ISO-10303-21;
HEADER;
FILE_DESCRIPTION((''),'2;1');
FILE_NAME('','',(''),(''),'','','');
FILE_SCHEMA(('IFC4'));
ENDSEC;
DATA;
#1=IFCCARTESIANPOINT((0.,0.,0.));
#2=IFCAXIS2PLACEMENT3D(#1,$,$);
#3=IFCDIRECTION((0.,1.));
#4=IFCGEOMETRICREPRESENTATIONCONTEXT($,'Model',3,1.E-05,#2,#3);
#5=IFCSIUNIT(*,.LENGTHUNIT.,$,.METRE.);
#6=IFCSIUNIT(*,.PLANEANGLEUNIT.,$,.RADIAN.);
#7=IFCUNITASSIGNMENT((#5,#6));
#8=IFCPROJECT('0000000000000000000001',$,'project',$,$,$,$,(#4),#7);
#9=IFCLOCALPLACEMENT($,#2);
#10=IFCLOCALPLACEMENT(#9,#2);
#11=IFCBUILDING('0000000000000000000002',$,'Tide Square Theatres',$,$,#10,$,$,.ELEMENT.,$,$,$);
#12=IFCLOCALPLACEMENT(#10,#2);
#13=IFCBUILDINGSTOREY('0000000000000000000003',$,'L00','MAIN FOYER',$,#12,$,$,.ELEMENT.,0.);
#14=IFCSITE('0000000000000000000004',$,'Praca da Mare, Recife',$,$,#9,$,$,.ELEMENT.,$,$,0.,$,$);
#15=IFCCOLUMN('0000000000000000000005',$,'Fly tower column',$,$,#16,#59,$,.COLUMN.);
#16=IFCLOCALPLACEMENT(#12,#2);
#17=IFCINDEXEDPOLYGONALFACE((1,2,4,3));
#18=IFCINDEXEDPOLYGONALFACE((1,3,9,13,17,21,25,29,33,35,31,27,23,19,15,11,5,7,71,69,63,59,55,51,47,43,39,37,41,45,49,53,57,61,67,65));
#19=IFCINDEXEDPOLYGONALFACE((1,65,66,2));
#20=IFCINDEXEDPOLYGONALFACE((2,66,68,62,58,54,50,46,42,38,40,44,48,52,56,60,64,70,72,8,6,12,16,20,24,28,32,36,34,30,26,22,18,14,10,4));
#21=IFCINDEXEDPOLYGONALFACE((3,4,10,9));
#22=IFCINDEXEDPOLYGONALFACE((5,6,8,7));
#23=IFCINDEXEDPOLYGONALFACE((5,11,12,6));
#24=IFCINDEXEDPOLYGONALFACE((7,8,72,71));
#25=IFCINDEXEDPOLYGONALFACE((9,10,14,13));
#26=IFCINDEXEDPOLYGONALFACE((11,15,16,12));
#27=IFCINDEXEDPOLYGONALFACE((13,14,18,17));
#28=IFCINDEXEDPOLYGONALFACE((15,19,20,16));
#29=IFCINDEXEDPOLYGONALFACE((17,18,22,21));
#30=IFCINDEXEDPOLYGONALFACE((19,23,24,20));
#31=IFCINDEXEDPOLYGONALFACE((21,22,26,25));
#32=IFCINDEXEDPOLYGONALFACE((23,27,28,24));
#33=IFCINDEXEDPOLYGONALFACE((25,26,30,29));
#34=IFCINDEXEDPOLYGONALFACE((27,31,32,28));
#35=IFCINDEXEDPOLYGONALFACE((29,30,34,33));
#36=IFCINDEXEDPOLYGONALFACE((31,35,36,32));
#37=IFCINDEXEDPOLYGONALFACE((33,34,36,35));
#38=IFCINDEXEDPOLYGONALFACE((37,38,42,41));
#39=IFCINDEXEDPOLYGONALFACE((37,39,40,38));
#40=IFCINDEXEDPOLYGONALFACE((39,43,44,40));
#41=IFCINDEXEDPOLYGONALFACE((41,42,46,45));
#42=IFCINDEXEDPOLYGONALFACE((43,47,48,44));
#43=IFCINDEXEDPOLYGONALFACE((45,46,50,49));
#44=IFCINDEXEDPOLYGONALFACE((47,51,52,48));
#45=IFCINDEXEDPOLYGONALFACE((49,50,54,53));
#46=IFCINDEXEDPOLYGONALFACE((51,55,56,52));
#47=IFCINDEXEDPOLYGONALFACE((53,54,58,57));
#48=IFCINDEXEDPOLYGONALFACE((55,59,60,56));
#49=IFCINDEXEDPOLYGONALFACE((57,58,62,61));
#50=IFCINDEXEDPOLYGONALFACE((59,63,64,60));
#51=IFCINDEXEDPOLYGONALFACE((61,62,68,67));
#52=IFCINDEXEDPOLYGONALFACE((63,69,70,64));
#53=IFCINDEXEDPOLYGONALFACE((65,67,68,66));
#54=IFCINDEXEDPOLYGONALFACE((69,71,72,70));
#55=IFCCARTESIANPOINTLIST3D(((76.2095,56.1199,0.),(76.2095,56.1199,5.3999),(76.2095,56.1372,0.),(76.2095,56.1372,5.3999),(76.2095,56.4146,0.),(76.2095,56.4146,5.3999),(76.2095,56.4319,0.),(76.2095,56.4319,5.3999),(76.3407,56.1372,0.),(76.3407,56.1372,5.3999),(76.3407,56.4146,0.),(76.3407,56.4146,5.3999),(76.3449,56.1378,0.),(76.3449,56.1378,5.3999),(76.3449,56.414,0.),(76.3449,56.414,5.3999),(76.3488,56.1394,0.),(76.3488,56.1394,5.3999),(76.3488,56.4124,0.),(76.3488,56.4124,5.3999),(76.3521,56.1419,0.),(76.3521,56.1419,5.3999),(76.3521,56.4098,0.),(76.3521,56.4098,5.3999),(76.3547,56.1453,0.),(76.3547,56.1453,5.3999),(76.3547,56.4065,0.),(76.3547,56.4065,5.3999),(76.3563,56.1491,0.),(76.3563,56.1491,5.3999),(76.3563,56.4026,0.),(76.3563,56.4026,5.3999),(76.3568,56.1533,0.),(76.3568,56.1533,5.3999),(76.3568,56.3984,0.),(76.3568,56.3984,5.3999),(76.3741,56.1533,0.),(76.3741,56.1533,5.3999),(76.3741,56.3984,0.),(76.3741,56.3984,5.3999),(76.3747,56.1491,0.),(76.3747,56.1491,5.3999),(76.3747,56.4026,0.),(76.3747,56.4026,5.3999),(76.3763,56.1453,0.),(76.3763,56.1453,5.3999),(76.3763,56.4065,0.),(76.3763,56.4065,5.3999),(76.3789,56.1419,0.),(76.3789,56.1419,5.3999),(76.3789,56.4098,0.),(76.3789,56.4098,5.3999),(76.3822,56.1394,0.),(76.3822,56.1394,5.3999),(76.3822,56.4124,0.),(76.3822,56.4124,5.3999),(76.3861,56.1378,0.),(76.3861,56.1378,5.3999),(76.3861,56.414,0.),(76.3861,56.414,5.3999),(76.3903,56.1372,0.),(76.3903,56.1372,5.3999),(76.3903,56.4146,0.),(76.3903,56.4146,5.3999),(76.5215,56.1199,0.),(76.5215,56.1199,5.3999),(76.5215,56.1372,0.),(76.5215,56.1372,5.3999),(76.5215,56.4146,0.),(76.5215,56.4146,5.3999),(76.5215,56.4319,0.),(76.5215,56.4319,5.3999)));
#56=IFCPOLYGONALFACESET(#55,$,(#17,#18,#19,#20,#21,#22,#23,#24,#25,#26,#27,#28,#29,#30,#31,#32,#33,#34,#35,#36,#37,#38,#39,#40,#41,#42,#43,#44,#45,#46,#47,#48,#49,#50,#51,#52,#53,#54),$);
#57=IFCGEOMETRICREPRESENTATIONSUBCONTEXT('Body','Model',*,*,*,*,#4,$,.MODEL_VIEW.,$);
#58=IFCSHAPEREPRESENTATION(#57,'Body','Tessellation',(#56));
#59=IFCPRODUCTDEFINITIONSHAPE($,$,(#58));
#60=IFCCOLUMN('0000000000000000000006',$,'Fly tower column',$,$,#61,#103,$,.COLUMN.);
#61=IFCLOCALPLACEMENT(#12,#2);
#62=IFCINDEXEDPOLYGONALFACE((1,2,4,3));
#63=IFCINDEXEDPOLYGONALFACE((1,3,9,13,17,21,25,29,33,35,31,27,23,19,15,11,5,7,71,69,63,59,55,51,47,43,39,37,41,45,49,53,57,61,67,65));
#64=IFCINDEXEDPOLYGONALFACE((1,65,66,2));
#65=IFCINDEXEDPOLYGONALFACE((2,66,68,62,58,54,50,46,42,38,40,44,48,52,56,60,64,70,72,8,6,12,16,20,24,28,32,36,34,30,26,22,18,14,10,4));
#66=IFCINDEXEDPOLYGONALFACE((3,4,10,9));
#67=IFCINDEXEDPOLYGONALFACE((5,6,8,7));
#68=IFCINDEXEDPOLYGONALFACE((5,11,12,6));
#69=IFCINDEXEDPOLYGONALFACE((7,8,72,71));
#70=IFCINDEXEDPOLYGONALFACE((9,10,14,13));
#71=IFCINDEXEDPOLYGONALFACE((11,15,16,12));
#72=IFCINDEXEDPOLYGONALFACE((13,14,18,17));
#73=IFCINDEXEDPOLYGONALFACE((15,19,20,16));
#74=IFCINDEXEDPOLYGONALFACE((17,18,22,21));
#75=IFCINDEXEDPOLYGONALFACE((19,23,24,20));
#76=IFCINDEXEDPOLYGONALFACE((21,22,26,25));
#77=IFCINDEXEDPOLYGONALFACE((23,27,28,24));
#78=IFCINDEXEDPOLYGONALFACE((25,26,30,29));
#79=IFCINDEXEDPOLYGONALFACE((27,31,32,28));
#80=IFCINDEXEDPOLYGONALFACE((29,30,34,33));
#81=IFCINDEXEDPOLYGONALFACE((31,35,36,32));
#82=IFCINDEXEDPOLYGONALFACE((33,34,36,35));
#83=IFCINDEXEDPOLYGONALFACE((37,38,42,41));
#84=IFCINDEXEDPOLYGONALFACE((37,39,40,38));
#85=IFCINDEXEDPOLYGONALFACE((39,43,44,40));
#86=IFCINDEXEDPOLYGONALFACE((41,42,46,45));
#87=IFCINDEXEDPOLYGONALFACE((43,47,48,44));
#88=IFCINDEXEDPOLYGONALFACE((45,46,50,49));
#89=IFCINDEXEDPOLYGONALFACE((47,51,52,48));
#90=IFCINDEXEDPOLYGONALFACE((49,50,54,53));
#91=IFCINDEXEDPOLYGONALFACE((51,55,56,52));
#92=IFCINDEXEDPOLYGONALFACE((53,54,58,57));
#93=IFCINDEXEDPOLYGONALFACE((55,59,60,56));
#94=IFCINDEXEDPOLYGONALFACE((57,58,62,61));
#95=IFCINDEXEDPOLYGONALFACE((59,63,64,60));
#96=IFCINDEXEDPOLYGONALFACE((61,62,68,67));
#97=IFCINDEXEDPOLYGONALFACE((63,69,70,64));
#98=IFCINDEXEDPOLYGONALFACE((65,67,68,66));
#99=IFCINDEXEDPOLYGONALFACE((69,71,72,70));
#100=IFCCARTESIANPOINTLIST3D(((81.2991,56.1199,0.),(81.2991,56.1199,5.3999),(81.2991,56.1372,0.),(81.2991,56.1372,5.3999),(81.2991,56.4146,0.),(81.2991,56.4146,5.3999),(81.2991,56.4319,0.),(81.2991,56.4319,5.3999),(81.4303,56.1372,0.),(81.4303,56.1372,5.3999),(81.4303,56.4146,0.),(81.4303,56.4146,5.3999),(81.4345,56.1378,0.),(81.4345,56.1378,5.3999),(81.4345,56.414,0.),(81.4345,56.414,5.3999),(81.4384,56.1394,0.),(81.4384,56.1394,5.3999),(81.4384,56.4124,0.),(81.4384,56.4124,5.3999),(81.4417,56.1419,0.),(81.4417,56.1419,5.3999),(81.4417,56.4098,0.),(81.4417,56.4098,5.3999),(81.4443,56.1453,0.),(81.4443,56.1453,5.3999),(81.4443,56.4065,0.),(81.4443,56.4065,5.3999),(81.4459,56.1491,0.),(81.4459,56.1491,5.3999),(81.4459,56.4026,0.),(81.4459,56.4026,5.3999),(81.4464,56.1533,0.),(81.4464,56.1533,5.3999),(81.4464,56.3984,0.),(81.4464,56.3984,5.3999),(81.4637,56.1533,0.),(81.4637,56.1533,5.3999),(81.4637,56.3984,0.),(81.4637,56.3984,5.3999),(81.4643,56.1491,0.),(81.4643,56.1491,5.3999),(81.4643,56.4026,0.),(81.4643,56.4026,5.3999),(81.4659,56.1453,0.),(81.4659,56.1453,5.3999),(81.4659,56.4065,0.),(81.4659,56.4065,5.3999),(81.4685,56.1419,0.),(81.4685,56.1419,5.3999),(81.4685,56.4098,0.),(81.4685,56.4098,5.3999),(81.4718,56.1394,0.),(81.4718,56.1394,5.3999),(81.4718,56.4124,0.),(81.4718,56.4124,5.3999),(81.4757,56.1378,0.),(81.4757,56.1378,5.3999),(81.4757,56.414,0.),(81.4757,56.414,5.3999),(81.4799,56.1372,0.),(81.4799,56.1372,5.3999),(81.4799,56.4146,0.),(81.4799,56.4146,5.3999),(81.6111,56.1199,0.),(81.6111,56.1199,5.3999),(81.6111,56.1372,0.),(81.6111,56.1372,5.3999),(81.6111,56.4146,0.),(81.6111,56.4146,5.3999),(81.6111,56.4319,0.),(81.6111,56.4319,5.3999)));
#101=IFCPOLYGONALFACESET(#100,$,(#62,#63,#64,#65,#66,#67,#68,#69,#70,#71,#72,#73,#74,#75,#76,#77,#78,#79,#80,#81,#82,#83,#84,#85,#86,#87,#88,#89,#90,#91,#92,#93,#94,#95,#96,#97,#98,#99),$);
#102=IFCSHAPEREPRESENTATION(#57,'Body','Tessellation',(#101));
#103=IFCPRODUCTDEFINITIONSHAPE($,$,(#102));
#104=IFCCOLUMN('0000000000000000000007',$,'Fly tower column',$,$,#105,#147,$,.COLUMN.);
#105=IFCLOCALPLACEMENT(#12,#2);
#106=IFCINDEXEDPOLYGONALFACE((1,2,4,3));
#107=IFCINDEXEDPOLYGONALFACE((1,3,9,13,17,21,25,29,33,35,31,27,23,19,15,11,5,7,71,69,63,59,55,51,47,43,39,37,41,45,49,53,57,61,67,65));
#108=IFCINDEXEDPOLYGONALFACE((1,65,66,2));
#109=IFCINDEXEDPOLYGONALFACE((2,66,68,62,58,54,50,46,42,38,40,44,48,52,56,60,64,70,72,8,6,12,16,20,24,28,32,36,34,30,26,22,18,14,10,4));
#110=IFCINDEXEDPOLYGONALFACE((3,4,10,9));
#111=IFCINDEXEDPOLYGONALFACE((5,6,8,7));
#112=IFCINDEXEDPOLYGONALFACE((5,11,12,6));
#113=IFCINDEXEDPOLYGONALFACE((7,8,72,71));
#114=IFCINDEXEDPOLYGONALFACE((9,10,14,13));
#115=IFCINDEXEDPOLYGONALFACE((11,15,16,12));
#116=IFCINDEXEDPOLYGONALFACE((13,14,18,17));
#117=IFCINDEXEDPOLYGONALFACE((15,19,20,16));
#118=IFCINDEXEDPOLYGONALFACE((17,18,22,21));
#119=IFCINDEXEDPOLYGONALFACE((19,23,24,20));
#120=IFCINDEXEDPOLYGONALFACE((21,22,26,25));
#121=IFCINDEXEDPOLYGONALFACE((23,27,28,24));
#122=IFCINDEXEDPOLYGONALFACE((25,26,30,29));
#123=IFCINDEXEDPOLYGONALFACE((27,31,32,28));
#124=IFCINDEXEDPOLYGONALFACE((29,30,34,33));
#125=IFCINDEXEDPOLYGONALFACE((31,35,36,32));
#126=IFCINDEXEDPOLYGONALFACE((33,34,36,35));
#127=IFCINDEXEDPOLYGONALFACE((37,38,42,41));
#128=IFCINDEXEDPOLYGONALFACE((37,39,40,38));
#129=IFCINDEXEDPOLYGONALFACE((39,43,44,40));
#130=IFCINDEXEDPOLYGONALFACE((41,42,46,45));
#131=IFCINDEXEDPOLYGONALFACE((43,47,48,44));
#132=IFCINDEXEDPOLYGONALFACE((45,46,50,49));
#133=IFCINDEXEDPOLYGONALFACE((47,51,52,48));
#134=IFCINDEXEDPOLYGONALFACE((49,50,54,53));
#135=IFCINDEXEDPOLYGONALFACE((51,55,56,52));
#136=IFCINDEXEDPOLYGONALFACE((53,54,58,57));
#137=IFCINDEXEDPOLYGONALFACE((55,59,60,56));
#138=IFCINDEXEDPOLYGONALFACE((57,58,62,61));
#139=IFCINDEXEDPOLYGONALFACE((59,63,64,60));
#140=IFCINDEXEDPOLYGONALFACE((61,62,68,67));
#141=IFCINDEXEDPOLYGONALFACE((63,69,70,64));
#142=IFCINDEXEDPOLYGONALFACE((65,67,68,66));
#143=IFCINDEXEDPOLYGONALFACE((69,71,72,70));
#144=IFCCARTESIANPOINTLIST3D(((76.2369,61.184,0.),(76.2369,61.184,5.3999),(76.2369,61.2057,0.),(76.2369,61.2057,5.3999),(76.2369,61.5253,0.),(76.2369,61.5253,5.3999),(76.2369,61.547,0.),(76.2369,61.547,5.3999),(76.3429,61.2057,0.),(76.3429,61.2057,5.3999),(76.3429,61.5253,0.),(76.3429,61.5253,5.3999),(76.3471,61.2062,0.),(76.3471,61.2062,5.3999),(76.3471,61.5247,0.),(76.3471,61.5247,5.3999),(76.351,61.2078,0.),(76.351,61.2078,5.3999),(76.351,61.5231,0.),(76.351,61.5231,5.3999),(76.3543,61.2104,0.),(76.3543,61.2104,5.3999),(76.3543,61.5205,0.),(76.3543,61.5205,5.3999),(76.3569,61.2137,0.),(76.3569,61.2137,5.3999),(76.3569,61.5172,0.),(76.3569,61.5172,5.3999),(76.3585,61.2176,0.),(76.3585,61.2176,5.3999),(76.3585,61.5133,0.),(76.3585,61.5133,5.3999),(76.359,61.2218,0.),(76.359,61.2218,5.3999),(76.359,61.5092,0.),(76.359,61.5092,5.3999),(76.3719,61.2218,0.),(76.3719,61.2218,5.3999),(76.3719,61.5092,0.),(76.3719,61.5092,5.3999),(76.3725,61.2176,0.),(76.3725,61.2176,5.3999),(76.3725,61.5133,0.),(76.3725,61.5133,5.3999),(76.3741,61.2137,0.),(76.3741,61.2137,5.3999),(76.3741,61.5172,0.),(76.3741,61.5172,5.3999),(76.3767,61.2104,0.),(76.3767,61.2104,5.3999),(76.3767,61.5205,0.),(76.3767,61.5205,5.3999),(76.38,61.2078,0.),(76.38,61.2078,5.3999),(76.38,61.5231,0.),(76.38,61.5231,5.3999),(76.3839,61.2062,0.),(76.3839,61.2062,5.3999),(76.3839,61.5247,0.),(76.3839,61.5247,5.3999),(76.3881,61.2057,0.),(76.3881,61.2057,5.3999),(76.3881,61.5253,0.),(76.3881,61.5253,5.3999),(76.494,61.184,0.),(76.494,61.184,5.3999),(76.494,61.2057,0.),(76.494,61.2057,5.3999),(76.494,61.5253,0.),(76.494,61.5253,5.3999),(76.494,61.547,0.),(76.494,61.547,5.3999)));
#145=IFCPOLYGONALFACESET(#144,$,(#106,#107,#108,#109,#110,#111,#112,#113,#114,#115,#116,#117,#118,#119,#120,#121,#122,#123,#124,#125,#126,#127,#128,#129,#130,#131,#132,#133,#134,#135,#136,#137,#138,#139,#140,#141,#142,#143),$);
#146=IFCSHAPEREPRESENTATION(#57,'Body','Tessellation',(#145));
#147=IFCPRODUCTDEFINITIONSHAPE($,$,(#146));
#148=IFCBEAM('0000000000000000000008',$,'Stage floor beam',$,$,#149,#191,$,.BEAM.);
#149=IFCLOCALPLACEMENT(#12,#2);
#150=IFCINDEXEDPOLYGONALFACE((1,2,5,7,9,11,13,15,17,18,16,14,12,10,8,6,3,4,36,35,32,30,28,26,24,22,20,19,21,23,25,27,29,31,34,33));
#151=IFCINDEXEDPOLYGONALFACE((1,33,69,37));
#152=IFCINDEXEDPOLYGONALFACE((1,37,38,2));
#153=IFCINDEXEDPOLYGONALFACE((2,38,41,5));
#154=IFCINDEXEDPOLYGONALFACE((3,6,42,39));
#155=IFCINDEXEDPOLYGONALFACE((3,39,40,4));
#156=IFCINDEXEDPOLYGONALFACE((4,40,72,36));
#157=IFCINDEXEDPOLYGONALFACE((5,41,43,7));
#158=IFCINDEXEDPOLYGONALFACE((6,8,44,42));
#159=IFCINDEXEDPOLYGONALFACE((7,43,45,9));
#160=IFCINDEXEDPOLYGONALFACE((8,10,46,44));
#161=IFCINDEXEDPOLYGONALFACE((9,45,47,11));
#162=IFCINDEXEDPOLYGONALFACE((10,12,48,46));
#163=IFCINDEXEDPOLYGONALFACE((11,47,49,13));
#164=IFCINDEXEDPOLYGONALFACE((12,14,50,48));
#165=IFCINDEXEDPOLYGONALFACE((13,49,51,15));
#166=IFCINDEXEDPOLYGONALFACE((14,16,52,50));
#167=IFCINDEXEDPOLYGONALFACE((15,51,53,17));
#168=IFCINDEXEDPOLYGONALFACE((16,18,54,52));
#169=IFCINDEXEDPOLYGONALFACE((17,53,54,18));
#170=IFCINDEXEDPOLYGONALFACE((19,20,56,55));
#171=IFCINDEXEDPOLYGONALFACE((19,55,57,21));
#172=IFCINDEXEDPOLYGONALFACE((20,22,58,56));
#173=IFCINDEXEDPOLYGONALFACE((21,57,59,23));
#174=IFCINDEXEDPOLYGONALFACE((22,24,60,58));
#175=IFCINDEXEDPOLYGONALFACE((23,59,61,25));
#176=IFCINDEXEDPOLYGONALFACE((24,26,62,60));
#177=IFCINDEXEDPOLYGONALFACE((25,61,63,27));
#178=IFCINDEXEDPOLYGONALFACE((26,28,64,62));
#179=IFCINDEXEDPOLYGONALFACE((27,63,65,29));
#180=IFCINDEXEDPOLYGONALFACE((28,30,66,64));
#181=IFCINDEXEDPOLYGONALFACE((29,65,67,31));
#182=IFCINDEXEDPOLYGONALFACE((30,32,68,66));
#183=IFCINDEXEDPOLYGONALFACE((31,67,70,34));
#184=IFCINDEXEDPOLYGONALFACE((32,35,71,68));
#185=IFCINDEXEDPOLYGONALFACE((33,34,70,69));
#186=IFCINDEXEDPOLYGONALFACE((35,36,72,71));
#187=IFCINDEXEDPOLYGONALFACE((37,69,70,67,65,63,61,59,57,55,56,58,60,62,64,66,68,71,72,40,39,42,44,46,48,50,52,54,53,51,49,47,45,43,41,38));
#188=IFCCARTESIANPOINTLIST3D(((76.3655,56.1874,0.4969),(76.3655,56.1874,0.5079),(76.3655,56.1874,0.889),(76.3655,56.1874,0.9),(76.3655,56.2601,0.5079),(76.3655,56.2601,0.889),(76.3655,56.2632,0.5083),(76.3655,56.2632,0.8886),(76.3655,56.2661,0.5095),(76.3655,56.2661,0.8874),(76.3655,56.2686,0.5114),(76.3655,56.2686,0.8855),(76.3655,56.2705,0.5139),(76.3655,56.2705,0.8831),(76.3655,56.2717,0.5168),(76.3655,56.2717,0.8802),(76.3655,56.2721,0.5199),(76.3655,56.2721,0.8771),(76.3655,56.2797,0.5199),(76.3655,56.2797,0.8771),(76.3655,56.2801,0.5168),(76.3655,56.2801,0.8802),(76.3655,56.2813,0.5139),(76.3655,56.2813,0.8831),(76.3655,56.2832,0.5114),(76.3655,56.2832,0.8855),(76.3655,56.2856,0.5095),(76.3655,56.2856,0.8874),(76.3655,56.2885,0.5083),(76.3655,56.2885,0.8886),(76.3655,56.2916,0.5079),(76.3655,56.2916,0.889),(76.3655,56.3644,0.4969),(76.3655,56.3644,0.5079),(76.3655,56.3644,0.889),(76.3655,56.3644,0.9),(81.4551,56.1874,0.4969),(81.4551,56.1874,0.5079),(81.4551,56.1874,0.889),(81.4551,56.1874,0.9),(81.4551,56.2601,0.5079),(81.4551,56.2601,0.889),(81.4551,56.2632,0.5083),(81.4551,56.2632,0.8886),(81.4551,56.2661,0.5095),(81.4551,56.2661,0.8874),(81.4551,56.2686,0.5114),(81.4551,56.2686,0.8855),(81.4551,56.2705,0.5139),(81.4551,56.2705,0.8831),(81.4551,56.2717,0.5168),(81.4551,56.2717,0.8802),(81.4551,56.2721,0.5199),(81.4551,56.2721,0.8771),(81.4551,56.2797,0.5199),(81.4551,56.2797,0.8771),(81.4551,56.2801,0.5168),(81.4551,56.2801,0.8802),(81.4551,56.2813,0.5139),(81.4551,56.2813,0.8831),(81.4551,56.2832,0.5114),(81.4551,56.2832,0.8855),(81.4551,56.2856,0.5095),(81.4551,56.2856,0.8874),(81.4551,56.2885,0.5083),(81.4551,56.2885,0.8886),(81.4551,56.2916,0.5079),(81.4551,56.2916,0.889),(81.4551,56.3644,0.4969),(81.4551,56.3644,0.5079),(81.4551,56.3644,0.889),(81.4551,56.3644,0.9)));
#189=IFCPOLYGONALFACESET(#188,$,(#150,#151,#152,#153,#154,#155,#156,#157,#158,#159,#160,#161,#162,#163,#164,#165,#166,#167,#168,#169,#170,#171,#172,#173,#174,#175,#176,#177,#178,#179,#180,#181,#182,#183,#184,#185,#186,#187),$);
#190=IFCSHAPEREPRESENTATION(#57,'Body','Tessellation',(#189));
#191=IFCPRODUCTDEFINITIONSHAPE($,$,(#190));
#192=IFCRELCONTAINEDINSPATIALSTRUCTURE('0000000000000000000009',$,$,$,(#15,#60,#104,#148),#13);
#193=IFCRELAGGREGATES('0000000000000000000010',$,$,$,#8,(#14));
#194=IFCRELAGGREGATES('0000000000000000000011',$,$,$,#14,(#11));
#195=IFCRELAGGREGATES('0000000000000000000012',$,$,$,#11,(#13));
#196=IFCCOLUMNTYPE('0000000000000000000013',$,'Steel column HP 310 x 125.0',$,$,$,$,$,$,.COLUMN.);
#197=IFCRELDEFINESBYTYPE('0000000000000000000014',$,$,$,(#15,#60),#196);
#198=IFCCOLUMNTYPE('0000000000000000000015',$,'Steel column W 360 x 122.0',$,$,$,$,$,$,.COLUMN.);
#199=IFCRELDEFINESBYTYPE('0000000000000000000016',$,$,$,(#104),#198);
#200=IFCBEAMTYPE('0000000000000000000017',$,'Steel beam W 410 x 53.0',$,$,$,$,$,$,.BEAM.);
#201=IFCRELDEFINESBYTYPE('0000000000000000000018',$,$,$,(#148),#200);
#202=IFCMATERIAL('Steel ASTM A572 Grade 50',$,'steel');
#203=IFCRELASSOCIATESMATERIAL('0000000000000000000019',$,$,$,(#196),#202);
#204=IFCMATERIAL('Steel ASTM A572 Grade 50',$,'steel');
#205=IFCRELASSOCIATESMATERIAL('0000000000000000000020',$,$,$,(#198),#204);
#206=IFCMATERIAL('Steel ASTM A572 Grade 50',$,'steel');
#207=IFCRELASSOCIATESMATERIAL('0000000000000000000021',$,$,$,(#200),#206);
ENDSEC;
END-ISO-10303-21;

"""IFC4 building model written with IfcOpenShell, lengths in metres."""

from ifc_helpers import new_model, si_unit, direction, frame, origin, origin_2d, place, context, subcontext, project, spatial, i_section, extrude, material, material_profile, profile_set, type_object, element, save


model = new_model("IFC4")

# Units and contexts
model_context = context("Model", 3, precision=1e-05, world=origin(), true_north=direction((0.0, 1.0)))
body_context = subcontext(model_context, "Body", "Model", "MODEL_VIEW")
ifc_project = project(units=[si_unit("LENGTHUNIT", "METRE"), si_unit("PLANEANGLEUNIT", "RADIAN")], contexts=[model_context])

# Site, building, storey
site_placement = place(None, origin())
site = spatial("IfcSite", under=ifc_project, at=site_placement, Name="Praca da Mare, Recife", CompositionType="ELEMENT", RefElevation=0.0)
building_placement = place(site_placement, origin())
building = spatial("IfcBuilding", under=site, at=building_placement, Name="Tide Square Theatres", CompositionType="ELEMENT")
storey_placement = place(building_placement, origin())
storey = spatial("IfcBuildingStorey", under=building, at=storey_placement, Name="L00", Description="MAIN FOYER", CompositionType="ELEMENT", Elevation=0.0)

# Columns
ifc_material_1 = material(Name="Steel ASTM A572 Grade 50", Category="steel")
ifc_material_profile_1 = material_profile(ifc_material_1, i_section(OverallWidth=0.312, OverallDepth=0.312, WebThickness=0.0173, FlangeThickness=0.0173, FilletRadius=0.0161, at=origin_2d()))
ifc_profile_set_1 = profile_set([ifc_material_profile_1], Name="Steel ASTM A572 Grade 50")
column_type_1 = type_object("IfcColumnType", Name="Steel column HP 310 x 125.0", PredefinedType="COLUMN", material=ifc_profile_set_1)
for number, where, z_axis, x_axis, name in (
    (1, (76.3655, 56.2759, 0.0), (0.0, 0.0, 1.0), (1.0, 0.0, 0.0), "Fly tower column"),
    (2, (81.4551, 56.2759, 0.0), (0.0, 0.0, 1.0), (1.0, 0.0, 0.0), "Fly tower column"),
):
    element("IfcColumn", number, at=place(storey_placement, frame(where, z_axis=z_axis, x_axis=x_axis)), inside=storey, type_object=column_type_1, Name=name, PredefinedType="COLUMN", context=body_context, shape_type="SweptSolid", body=[
        extrude(i_section(OverallWidth=0.312, OverallDepth=0.312, WebThickness=0.0173, FlangeThickness=0.0173, FilletRadius=0.0161, at=origin_2d()), origin(), (0.0, 0.0, 1.0), 5.3999),
    ])
ifc_material_2 = material(Name="Steel ASTM A572 Grade 50", Category="steel")
ifc_material_profile_2 = material_profile(ifc_material_2, i_section(OverallWidth=0.2571, OverallDepth=0.363, WebThickness=0.0129, FlangeThickness=0.0217, FilletRadius=0.0161, at=origin_2d()))
ifc_profile_set_2 = profile_set([ifc_material_profile_2], Name="Steel ASTM A572 Grade 50")
column_type_2 = type_object("IfcColumnType", Name="Steel column W 360 x 122.0", PredefinedType="COLUMN", material=ifc_profile_set_2)
column_placement = place(storey_placement, frame((76.3655, 61.3655, 0.0), z_axis=(0.0, 0.0, 1.0), x_axis=(1.0, 0.0, 0.0)))
element("IfcColumn", 3, at=column_placement, inside=storey, type_object=column_type_2, Name="Fly tower column", PredefinedType="COLUMN", context=body_context, shape_type="SweptSolid", body=[
    extrude(i_section(OverallWidth=0.2571, OverallDepth=0.363, WebThickness=0.0129, FlangeThickness=0.0217, FilletRadius=0.0161, at=origin_2d()), origin(), (0.0, 0.0, 1.0), 5.3999),
])

# Beam
ifc_material_3 = material(Name="Steel ASTM A572 Grade 50", Category="steel")
ifc_material_profile_3 = material_profile(ifc_material_3, i_section(OverallWidth=0.177, OverallDepth=0.4031, WebThickness=0.0076, FlangeThickness=0.011, FilletRadius=0.012, at=origin_2d()))
ifc_profile_set_3 = profile_set([ifc_material_profile_3], Name="Steel ASTM A572 Grade 50")
beam_type = type_object("IfcBeamType", Name="Steel beam W 410 x 53.0", PredefinedType="BEAM", material=ifc_profile_set_3)
beam_1_placement = place(storey_placement, frame((76.3655, 56.2759, 0.6985), z_axis=(1.0, 0.0, 0.0), x_axis=(0.0, 1.0, 0.0)))
element("IfcBeam", 4, at=beam_1_placement, inside=storey, type_object=beam_type, Name="Stage floor beam", PredefinedType="BEAM", context=body_context, shape_type="SweptSolid", body=[
    extrude(i_section(OverallWidth=0.177, OverallDepth=0.4031, WebThickness=0.0076, FlangeThickness=0.011, FilletRadius=0.012, at=origin_2d()), origin(), (0.0, 0.0, 1.0), 5.0896),
])

save(model, "model.ifc")
